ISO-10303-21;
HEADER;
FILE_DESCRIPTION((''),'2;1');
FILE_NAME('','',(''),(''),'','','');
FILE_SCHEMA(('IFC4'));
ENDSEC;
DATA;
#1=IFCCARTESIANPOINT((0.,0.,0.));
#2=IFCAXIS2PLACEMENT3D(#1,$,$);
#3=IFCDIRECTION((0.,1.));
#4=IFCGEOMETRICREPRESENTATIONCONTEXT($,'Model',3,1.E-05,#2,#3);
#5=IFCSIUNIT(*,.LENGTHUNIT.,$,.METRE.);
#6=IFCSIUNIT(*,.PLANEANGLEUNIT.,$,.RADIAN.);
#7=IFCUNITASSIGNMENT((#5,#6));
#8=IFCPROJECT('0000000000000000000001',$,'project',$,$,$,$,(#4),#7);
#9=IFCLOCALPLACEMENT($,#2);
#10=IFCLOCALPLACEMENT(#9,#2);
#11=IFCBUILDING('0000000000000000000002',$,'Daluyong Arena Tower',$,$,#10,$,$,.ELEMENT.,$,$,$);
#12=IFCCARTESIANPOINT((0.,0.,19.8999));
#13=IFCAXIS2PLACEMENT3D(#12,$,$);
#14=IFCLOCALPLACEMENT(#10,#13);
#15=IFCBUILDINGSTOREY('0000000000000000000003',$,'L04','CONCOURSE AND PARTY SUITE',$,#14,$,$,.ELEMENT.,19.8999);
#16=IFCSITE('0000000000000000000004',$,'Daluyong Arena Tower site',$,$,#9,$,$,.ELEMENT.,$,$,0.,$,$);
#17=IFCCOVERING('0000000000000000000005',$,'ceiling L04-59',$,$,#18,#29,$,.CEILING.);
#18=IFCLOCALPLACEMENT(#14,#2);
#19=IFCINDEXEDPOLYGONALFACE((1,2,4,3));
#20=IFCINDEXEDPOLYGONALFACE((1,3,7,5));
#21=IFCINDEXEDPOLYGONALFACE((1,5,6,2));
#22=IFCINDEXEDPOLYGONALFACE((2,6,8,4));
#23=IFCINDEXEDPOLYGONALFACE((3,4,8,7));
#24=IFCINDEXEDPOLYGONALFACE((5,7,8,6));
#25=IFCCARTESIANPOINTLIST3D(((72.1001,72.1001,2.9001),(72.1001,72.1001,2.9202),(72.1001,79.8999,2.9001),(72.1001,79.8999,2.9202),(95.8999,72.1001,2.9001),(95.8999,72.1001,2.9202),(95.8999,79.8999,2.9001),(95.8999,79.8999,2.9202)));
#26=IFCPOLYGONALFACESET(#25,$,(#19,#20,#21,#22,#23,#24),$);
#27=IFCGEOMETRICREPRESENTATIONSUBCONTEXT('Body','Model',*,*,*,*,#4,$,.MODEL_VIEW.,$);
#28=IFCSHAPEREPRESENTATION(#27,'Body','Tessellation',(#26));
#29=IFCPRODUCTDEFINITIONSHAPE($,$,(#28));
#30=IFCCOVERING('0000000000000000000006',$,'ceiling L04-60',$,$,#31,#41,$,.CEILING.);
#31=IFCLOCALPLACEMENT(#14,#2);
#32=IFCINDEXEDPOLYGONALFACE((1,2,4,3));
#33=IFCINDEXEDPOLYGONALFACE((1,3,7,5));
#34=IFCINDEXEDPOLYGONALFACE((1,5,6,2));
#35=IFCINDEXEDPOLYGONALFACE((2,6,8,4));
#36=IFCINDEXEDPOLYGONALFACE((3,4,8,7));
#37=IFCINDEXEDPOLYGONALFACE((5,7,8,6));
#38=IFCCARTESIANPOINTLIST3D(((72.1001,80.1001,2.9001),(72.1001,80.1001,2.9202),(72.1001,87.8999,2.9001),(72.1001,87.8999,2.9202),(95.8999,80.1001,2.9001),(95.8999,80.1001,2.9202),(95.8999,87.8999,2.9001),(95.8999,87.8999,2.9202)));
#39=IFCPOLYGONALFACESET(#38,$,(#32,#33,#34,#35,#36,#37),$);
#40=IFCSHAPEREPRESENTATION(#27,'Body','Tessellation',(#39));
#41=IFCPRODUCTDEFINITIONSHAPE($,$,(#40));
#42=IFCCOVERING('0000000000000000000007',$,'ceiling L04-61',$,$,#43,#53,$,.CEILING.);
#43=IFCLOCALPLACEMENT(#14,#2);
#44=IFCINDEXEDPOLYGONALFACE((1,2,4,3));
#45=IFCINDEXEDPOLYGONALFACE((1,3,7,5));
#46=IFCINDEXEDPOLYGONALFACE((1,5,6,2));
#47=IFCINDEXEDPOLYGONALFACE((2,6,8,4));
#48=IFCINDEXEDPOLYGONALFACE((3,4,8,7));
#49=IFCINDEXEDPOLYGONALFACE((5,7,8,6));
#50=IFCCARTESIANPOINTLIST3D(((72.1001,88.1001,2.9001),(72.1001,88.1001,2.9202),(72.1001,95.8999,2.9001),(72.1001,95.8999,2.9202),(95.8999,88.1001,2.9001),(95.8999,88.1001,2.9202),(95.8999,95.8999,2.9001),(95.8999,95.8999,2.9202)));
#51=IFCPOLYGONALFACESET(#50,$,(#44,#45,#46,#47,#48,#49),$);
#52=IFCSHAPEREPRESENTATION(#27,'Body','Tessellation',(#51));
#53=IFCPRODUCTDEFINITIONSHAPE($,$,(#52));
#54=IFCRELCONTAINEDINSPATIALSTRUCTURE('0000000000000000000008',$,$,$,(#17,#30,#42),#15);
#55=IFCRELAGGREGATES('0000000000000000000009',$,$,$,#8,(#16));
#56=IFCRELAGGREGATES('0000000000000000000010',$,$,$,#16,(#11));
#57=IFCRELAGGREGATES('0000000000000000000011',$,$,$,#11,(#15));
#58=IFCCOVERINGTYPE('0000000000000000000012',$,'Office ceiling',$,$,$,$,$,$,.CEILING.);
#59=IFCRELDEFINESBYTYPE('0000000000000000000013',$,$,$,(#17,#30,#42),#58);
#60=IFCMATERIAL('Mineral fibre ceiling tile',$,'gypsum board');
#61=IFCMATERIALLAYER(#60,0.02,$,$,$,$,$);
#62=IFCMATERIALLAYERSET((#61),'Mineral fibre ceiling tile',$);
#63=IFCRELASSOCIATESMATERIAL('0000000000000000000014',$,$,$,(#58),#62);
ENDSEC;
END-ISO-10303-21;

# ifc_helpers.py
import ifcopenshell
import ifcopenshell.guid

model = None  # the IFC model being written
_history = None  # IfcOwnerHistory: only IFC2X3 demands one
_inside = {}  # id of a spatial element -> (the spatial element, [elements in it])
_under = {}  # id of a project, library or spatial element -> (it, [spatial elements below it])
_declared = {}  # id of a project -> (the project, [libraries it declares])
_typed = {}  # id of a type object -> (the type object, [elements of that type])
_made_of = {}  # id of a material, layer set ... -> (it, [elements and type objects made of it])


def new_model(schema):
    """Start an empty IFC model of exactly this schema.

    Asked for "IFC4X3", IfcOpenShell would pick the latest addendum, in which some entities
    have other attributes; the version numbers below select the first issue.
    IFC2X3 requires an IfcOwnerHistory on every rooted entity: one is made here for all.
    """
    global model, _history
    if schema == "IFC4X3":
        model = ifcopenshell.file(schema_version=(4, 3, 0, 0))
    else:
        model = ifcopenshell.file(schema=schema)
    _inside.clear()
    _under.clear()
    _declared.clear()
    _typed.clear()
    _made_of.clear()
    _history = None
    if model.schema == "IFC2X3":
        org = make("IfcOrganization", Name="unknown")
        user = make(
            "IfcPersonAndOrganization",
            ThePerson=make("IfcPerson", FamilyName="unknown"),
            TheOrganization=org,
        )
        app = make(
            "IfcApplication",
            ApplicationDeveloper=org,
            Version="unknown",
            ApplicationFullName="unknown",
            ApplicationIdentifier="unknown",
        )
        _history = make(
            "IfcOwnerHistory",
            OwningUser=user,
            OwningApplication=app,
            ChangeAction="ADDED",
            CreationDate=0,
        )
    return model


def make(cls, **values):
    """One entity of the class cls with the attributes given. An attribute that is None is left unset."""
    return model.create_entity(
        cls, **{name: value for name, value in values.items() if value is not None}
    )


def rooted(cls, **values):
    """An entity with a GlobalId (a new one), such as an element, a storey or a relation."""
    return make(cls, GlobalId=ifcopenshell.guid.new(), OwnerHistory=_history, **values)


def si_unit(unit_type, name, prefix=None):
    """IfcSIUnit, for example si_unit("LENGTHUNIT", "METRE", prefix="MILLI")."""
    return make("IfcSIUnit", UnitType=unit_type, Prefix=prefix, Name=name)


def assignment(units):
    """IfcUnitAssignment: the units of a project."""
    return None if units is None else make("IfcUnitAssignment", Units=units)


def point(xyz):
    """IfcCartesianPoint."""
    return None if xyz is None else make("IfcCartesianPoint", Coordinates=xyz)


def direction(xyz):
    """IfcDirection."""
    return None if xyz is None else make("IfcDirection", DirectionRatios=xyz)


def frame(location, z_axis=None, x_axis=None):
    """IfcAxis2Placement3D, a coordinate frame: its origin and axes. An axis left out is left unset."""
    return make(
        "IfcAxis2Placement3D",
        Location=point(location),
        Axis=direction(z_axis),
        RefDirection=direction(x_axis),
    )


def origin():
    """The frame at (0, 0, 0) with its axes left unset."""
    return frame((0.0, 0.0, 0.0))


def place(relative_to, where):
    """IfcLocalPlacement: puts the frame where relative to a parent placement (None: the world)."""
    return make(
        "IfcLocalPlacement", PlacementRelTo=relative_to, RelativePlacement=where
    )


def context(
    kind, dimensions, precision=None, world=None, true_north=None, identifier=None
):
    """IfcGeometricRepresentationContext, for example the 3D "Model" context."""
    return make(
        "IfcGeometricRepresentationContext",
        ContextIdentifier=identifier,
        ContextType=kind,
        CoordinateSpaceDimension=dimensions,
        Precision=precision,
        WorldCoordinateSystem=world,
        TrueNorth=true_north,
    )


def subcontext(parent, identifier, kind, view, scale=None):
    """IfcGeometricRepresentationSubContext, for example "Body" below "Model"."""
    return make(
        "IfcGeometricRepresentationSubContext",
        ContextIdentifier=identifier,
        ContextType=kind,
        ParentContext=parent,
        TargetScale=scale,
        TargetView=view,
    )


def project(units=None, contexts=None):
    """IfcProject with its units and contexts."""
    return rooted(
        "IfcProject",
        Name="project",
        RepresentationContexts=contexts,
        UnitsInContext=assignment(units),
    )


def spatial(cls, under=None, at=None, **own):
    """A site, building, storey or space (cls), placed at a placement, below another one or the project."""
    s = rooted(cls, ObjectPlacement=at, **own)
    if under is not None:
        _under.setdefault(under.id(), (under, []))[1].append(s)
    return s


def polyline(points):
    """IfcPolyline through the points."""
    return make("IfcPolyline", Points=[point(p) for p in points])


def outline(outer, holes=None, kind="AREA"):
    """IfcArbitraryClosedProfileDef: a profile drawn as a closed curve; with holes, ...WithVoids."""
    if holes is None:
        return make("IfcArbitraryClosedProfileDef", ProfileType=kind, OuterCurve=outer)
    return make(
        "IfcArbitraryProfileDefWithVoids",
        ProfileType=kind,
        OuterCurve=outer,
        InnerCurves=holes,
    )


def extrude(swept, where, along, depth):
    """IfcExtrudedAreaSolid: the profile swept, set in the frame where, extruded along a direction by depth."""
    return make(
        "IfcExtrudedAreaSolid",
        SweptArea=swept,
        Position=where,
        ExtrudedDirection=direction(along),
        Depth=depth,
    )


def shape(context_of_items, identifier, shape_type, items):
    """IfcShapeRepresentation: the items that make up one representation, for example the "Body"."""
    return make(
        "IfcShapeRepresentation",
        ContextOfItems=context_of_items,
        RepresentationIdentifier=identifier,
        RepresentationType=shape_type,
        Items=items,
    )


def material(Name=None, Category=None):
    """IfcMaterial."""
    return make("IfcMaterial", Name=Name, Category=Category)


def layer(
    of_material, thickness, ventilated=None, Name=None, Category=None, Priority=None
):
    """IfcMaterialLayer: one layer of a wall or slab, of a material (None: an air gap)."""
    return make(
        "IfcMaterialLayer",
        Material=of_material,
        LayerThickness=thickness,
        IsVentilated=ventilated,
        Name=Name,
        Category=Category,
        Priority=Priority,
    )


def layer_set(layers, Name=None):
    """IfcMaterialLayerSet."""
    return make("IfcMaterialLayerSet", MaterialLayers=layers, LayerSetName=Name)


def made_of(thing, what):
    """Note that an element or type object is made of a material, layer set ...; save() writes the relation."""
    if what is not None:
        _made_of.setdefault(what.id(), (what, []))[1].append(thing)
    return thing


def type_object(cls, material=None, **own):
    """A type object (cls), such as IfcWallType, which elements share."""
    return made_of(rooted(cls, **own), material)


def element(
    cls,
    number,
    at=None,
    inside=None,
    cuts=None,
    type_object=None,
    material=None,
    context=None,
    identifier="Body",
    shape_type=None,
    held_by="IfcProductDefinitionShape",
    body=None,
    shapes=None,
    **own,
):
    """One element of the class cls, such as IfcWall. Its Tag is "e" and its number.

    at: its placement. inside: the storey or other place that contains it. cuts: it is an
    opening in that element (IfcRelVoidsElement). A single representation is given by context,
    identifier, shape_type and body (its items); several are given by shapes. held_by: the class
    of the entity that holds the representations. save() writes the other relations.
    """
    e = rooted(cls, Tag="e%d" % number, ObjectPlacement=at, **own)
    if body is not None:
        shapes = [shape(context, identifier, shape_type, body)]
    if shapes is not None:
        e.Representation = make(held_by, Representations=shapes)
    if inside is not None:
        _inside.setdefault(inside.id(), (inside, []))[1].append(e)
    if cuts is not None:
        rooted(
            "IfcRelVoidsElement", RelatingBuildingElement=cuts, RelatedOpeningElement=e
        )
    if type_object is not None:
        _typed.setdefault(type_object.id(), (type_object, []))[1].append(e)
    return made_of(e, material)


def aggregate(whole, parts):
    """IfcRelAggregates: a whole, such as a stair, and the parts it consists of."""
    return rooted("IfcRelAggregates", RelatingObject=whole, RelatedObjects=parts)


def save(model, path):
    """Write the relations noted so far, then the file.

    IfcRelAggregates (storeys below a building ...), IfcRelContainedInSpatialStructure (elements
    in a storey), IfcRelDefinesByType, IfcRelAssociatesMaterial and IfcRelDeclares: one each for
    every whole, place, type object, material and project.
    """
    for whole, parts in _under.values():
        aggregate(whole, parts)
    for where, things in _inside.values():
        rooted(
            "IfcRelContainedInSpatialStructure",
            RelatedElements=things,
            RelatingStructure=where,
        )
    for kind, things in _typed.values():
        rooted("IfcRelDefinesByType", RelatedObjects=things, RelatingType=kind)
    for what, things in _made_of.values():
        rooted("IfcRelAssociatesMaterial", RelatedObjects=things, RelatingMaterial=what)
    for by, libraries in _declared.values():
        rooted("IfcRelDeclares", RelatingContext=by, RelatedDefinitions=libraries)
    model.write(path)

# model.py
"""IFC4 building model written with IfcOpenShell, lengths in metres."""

from ifc_helpers import new_model, si_unit, direction, frame, origin, place, context, subcontext, project, spatial, polyline, outline, extrude, material, layer, layer_set, type_object, element, save


model = new_model("IFC4")

# Units and contexts
model_context = context("Model", 3, precision=1e-05, world=origin(), true_north=direction((0.0, 1.0)))
body_context = subcontext(model_context, "Body", "Model", "MODEL_VIEW")
ifc_project = project(units=[si_unit("LENGTHUNIT", "METRE"), si_unit("PLANEANGLEUNIT", "RADIAN")], contexts=[model_context])

# Site, building, storey
site_placement = place(None, origin())
site = spatial("IfcSite", under=ifc_project, at=site_placement, Name="Daluyong Arena Tower site", CompositionType="ELEMENT", RefElevation=0.0)
building_placement = place(site_placement, origin())
building = spatial("IfcBuilding", under=site, at=building_placement, Name="Daluyong Arena Tower", CompositionType="ELEMENT")
storey_placement = place(building_placement, frame((0.0, 0.0, 19.8999)))
storey = spatial("IfcBuildingStorey", under=building, at=storey_placement, Name="L04", Description="CONCOURSE AND PARTY SUITE", CompositionType="ELEMENT", Elevation=19.8999)

# Coverings
ifc_material_1 = material(Name="Mineral fibre ceiling tile", Category="gypsum board")
ifc_layer_1 = layer(ifc_material_1, 0.02)
ifc_layer_set_1 = layer_set([ifc_layer_1], Name="Mineral fibre ceiling tile")
covering_type = type_object("IfcCoveringType", Name="Office ceiling", PredefinedType="CEILING", material=ifc_layer_set_1)
covering_1_placement = place(storey_placement, frame((0.0, 0.0, 2.9001)))
element("IfcCovering", 1, at=covering_1_placement, inside=storey, type_object=covering_type, Name="ceiling L04-59", PredefinedType="CEILING", context=body_context, shape_type="SweptSolid", body=[
    extrude(outline(polyline([(95.8999, 72.1001), (95.8999, 79.8999), (72.1001, 79.8999), (72.1001, 72.1001), (95.8999, 72.1001)])), origin(), (0.0, 0.0, 1.0), 0.02),
])
covering_2_placement = place(storey_placement, frame((0.0, 0.0, 2.9001)))
element("IfcCovering", 2, at=covering_2_placement, inside=storey, type_object=covering_type, Name="ceiling L04-60", PredefinedType="CEILING", context=body_context, shape_type="SweptSolid", body=[
    extrude(outline(polyline([(95.8999, 80.1001), (95.8999, 87.8999), (72.1001, 87.8999), (72.1001, 80.1001), (95.8999, 80.1001)])), origin(), (0.0, 0.0, 1.0), 0.02),
])
covering_3_placement = place(storey_placement, frame((0.0, 0.0, 2.9001)))
element("IfcCovering", 3, at=covering_3_placement, inside=storey, type_object=covering_type, Name="ceiling L04-61", PredefinedType="CEILING", context=body_context, shape_type="SweptSolid", body=[
    extrude(outline(polyline([(95.8999, 88.1001), (95.8999, 95.8999), (72.1001, 95.8999), (72.1001, 88.1001), (95.8999, 88.1001)])), origin(), (0.0, 0.0, 1.0), 0.02),
])

save(model, "model.ifc")
